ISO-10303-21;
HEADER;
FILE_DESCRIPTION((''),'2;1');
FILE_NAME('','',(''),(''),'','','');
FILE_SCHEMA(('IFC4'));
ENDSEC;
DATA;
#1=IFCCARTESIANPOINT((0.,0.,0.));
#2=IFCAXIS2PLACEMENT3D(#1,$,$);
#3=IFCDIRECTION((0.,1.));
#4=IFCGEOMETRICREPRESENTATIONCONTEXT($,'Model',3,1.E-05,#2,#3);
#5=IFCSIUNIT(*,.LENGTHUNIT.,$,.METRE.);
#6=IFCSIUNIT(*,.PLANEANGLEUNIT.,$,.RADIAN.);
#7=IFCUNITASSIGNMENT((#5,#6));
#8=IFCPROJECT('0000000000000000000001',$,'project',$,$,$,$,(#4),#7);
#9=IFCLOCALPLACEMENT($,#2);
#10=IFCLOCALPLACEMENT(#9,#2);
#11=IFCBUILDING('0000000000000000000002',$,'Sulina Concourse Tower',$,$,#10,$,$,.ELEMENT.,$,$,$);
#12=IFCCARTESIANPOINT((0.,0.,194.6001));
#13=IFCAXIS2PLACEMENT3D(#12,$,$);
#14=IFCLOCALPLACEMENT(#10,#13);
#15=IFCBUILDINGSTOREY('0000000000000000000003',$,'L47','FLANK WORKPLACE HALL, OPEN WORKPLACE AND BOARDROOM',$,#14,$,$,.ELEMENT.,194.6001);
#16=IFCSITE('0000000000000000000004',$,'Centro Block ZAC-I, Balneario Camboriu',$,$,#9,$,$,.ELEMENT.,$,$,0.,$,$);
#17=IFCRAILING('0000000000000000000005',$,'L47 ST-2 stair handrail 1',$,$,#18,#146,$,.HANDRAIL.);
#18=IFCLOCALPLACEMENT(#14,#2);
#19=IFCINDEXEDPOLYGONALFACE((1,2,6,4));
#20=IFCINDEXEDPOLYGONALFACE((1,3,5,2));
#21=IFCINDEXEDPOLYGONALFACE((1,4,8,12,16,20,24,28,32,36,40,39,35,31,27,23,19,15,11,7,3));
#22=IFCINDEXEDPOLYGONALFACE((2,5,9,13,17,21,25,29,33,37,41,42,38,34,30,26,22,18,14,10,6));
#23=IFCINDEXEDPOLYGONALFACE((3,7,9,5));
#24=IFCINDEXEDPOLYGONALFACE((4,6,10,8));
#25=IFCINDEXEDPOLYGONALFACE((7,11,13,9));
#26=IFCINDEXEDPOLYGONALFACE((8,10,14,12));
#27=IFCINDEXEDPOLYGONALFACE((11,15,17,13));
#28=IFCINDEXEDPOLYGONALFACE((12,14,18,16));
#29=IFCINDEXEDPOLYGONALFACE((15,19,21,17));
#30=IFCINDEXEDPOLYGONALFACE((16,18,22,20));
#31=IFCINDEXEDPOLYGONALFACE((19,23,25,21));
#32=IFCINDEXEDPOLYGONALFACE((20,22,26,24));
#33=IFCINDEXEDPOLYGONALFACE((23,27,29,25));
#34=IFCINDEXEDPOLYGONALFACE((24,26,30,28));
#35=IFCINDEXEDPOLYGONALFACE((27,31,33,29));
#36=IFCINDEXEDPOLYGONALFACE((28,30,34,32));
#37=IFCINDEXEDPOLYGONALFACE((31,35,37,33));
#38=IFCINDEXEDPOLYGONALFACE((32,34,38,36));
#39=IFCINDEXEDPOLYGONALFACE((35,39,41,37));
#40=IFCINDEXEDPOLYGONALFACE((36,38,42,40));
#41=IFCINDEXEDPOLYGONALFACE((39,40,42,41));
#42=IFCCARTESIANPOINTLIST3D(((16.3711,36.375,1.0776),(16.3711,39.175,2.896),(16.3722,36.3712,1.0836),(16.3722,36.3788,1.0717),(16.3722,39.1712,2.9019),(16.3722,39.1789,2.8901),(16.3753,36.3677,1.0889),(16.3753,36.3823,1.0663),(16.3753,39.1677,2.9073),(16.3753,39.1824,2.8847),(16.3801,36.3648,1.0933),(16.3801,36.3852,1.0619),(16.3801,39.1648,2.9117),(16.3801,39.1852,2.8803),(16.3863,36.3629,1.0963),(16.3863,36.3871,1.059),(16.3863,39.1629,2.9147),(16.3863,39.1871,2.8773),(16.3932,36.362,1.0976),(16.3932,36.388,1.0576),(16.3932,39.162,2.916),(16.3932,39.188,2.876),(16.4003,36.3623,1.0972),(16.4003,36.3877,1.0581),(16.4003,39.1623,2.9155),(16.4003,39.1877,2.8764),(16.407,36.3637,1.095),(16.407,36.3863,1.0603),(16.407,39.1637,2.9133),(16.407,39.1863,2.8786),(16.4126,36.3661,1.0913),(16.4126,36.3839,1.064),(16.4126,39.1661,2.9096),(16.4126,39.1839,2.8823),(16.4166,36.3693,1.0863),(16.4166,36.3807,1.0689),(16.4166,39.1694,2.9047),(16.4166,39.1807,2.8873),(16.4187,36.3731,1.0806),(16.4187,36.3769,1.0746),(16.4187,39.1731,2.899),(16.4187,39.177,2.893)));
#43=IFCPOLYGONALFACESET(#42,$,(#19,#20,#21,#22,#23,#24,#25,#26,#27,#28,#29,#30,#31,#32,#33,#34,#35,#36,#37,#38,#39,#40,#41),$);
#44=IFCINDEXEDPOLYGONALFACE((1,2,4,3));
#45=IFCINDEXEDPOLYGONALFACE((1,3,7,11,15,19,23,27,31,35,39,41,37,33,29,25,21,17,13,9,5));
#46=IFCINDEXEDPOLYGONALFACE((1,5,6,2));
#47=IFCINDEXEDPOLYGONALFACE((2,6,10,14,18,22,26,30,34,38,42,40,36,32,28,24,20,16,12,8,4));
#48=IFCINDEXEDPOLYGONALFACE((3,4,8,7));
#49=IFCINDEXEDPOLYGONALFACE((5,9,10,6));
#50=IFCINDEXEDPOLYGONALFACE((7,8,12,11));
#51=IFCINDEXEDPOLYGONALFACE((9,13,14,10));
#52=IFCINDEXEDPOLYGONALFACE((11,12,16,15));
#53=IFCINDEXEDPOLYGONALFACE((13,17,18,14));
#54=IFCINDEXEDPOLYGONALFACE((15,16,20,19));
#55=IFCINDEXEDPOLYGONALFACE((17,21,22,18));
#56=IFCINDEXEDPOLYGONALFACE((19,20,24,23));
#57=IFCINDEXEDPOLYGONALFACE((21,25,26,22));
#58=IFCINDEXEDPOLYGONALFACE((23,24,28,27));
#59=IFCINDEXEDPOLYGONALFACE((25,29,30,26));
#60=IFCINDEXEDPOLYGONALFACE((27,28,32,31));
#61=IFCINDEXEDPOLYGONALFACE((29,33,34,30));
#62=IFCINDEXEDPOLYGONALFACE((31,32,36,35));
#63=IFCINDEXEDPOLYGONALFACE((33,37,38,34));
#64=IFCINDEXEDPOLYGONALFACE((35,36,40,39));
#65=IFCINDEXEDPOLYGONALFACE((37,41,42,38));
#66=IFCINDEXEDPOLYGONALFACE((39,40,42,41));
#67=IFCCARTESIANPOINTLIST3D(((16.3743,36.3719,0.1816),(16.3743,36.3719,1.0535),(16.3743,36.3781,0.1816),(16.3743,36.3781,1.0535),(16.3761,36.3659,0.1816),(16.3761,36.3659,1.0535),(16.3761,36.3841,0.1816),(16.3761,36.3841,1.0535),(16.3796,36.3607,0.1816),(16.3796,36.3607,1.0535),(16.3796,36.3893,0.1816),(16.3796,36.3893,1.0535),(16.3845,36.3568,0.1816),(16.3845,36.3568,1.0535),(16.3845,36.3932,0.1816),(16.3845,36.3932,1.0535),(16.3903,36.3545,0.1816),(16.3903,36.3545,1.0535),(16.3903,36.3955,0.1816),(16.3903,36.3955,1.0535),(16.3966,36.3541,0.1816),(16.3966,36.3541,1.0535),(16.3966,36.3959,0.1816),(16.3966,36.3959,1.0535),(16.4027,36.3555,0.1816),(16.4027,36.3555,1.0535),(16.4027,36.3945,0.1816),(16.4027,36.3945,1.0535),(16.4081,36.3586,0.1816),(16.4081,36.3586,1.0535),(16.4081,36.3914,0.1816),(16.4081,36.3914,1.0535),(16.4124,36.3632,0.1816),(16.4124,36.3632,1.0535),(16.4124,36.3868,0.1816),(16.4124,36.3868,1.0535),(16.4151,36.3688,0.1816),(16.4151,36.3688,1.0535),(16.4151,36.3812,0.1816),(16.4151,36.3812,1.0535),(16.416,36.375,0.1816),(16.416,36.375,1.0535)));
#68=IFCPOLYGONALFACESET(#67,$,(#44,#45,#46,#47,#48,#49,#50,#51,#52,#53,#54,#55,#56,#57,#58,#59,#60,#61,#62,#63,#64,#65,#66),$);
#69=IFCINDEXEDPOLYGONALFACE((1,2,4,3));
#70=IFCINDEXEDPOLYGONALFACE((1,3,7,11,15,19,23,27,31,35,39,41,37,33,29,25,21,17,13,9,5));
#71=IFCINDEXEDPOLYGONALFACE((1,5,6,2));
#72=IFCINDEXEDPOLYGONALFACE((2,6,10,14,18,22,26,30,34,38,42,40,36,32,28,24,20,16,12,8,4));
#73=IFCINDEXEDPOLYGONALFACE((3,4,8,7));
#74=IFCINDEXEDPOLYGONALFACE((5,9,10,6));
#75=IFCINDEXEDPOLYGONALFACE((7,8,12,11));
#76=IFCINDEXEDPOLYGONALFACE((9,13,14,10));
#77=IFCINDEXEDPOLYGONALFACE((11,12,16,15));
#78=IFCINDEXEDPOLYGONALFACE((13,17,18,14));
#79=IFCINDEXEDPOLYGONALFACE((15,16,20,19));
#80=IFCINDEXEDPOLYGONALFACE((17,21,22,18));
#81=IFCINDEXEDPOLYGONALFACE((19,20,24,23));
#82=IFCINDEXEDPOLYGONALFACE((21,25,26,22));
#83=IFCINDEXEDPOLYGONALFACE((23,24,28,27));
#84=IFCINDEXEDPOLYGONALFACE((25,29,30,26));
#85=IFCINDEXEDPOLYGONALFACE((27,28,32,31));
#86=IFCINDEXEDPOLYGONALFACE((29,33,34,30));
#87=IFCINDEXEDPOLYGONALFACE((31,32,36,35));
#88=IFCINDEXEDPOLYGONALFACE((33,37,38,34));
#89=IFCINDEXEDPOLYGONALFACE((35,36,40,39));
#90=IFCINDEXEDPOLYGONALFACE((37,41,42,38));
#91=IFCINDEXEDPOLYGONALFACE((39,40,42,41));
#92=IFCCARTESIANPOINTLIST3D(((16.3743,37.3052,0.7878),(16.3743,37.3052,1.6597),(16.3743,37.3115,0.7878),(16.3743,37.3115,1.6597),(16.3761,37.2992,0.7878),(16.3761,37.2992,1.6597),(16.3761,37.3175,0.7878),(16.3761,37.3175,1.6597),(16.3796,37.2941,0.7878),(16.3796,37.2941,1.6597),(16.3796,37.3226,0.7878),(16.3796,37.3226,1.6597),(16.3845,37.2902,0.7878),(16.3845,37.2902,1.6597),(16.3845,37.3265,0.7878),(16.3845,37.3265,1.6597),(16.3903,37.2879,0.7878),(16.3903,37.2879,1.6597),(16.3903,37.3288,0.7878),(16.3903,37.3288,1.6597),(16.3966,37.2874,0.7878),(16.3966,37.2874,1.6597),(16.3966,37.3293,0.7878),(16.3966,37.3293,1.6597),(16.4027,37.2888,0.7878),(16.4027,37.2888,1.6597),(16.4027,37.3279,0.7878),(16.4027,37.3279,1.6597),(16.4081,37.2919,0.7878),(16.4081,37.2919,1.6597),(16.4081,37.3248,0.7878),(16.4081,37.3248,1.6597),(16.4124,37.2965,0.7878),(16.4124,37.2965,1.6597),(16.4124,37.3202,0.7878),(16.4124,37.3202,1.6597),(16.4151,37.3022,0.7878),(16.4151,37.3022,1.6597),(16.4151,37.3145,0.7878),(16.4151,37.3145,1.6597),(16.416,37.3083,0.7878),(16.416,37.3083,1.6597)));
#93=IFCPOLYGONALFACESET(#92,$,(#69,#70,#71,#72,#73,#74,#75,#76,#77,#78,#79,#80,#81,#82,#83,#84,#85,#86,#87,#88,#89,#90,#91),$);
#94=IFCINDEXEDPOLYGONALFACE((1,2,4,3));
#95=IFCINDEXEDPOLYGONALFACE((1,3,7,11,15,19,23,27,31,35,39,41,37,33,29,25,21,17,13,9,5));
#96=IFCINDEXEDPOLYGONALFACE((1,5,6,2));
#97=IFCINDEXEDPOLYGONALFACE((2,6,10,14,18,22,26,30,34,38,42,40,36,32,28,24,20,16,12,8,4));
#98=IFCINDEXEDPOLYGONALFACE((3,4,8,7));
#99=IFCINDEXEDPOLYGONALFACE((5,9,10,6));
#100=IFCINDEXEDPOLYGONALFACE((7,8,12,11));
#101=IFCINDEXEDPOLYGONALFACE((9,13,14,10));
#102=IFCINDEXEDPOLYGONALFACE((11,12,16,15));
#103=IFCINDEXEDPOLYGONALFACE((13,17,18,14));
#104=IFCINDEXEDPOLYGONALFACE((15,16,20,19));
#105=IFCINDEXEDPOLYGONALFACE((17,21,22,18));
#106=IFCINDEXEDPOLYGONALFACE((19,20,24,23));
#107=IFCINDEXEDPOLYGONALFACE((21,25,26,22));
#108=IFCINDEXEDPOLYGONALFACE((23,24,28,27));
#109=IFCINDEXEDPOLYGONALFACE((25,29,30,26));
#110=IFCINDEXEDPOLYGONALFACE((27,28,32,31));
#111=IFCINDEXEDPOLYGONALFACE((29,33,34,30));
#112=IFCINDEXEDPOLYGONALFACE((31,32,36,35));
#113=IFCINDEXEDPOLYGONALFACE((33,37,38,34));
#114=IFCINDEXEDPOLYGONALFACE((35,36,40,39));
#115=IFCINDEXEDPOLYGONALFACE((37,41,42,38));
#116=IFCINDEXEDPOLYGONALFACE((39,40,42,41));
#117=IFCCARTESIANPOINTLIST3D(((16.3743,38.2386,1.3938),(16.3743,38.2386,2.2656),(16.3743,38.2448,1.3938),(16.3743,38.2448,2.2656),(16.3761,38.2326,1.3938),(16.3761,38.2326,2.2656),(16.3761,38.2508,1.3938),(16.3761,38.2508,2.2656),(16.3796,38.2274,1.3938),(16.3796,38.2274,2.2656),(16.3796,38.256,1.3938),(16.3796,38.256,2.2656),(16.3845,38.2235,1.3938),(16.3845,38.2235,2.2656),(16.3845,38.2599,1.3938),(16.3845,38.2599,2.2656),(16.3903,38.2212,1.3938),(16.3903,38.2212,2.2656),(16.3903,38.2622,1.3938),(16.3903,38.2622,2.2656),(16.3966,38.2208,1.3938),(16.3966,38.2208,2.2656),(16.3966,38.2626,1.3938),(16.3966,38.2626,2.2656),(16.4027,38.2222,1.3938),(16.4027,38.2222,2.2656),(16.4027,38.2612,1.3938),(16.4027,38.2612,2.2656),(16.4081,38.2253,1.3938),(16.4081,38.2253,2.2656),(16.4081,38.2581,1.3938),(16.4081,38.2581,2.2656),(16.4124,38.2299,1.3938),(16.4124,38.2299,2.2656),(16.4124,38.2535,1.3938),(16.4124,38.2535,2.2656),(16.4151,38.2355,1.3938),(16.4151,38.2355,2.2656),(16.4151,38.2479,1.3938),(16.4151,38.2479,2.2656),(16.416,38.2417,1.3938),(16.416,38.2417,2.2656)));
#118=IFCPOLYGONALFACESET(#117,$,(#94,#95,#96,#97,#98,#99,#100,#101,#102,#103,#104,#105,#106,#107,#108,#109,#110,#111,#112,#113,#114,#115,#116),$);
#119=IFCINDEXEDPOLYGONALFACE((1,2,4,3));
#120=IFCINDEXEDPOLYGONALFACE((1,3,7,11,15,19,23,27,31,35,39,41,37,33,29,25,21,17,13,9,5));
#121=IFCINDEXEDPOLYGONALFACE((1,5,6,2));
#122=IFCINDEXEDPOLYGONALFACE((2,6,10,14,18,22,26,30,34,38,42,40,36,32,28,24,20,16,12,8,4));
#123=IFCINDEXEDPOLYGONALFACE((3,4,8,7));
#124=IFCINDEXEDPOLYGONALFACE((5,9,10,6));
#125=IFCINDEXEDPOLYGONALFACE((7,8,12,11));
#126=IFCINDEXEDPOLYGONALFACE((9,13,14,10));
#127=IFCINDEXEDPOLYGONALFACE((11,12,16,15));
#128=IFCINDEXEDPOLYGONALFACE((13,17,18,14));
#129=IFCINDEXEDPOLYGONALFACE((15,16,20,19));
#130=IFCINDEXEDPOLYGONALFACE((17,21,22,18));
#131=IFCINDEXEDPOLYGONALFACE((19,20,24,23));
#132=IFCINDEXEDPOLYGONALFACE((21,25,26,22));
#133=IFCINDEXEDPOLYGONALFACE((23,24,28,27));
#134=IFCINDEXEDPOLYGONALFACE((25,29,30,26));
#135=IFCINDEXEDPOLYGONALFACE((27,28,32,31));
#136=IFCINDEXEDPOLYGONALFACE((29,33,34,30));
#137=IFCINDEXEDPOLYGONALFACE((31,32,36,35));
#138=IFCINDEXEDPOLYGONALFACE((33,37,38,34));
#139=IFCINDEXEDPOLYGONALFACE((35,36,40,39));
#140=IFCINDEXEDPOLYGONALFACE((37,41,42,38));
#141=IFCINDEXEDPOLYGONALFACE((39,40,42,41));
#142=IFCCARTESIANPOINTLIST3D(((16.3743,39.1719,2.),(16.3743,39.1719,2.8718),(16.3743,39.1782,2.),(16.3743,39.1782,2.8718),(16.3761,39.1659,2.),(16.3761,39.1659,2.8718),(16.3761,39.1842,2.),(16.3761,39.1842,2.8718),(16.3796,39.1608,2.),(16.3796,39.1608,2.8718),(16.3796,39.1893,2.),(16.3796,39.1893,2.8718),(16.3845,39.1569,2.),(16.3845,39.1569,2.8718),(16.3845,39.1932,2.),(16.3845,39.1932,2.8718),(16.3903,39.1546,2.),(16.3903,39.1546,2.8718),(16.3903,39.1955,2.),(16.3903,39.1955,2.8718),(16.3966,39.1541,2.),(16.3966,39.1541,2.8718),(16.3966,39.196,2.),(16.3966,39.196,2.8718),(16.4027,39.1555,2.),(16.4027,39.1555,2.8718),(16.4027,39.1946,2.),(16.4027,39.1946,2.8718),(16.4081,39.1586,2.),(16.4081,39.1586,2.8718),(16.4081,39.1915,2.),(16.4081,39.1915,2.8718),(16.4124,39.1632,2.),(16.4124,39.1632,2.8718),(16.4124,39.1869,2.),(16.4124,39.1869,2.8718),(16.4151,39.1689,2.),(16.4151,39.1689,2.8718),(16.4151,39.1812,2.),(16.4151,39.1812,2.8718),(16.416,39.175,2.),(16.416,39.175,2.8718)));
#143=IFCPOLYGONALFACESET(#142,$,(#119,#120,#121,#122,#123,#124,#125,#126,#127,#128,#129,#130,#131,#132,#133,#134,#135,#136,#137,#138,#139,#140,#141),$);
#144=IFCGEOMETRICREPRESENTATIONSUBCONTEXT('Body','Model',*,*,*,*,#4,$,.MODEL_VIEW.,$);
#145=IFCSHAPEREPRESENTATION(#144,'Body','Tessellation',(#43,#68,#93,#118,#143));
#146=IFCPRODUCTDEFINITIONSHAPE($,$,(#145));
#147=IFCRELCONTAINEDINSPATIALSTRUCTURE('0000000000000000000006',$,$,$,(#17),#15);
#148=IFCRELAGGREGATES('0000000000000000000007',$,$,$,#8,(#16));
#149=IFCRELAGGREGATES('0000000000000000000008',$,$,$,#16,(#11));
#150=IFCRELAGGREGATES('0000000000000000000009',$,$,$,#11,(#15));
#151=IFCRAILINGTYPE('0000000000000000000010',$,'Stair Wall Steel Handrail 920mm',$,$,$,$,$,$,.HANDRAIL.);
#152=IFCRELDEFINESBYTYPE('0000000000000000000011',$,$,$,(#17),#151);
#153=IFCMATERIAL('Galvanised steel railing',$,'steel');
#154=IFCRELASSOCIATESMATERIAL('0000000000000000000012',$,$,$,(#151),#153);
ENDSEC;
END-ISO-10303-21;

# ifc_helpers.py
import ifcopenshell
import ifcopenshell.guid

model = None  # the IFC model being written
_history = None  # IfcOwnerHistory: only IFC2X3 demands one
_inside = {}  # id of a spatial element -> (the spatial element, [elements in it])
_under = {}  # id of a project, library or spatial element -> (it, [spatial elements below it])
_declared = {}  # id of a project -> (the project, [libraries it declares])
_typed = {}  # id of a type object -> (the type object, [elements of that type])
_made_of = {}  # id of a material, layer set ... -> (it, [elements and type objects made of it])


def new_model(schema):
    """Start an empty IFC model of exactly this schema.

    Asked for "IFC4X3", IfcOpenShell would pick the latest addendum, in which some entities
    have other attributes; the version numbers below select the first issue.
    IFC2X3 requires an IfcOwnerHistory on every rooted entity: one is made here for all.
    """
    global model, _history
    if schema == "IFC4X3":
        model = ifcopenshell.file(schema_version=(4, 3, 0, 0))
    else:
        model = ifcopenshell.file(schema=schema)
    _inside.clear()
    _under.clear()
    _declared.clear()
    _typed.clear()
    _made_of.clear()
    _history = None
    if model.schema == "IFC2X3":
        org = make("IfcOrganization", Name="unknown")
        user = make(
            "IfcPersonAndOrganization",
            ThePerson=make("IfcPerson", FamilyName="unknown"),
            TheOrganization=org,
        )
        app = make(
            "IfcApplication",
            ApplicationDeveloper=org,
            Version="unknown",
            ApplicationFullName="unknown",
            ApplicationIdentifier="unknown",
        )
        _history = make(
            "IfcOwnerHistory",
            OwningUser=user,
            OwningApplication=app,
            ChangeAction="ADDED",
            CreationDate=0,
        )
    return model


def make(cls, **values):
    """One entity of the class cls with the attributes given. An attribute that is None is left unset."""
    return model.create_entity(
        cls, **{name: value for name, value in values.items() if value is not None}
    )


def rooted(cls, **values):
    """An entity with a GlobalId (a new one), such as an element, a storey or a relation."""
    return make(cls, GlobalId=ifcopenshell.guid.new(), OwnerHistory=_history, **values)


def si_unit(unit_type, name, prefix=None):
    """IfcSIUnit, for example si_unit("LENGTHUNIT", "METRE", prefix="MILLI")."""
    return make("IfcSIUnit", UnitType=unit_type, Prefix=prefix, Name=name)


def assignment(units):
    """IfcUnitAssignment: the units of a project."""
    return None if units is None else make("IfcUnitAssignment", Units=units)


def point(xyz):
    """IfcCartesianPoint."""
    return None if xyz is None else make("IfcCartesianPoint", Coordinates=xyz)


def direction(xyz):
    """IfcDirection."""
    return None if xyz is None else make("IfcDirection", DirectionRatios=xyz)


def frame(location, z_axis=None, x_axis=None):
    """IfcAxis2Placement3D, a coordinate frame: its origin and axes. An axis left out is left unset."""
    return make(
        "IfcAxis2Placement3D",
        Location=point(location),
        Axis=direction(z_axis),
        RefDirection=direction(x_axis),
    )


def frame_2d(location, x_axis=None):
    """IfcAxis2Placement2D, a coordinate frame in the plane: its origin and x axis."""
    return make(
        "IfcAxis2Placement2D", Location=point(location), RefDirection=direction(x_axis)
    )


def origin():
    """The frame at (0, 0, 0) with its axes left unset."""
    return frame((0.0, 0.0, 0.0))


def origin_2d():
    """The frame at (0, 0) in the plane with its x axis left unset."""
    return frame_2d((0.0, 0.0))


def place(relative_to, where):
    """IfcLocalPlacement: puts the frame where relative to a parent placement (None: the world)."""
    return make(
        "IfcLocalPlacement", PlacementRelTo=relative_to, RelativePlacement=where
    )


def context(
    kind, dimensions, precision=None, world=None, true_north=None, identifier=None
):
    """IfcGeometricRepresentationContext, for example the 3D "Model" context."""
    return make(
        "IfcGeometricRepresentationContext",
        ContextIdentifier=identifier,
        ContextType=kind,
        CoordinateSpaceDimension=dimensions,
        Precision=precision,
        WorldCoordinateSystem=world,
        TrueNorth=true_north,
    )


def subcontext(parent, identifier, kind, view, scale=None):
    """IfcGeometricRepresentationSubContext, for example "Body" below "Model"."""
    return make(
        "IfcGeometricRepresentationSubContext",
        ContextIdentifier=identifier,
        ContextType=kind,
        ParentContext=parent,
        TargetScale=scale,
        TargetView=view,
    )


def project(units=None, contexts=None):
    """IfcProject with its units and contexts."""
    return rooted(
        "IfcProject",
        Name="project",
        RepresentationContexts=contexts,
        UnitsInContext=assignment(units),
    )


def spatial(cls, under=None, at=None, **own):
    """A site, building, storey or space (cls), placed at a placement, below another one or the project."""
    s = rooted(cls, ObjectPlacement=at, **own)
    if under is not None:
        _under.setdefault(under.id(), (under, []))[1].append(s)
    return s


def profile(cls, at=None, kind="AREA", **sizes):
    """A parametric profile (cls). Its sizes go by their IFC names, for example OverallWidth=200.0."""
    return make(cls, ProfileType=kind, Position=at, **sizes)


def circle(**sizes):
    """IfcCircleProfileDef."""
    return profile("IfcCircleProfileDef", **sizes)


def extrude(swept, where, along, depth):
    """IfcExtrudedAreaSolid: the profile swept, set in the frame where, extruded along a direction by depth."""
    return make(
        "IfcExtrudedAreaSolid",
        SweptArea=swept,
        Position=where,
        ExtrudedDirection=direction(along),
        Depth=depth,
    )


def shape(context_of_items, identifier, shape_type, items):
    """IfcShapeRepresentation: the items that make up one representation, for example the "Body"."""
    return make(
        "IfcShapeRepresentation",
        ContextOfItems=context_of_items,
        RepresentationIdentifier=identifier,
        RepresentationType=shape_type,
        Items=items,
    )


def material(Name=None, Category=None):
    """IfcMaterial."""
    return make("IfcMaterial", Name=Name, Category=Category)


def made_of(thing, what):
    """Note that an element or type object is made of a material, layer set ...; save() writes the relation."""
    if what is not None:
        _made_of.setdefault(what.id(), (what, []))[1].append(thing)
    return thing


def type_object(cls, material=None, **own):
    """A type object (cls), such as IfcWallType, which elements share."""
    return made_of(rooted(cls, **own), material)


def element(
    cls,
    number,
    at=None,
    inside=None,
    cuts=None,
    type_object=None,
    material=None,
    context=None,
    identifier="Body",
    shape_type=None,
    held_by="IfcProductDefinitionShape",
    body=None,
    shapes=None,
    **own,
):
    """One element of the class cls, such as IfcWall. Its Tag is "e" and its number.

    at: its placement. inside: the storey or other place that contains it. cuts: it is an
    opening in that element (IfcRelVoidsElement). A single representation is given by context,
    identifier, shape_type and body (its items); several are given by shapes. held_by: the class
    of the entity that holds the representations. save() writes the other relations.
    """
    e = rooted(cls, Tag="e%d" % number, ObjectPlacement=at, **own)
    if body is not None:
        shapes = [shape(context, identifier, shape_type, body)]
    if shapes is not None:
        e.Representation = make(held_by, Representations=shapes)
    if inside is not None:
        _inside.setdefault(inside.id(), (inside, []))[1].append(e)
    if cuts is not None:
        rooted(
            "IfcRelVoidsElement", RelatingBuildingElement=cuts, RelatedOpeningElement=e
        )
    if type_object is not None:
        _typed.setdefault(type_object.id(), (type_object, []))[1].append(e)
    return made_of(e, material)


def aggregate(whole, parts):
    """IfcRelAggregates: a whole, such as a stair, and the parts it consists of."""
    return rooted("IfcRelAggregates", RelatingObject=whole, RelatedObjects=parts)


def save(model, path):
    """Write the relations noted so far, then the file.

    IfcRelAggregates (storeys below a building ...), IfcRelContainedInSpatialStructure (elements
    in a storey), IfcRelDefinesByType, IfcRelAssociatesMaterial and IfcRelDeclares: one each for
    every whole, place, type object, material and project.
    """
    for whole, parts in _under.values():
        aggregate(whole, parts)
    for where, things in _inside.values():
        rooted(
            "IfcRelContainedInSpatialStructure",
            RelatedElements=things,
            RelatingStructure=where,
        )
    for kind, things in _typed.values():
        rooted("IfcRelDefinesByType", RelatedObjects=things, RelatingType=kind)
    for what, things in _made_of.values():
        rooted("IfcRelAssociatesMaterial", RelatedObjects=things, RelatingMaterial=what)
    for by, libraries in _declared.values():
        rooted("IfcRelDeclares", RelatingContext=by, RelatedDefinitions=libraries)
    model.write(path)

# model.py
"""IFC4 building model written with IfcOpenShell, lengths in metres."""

from ifc_helpers import new_model, si_unit, direction, frame, origin, origin_2d, place, context, subcontext, project, spatial, circle, extrude, material, type_object, element, save


model = new_model("IFC4")

# Units and contexts
model_context = context("Model", 3, precision=1e-05, world=origin(), true_north=direction((0.0, 1.0)))
body_context = subcontext(model_context, "Body", "Model", "MODEL_VIEW")
ifc_project = project(units=[si_unit("LENGTHUNIT", "METRE"), si_unit("PLANEANGLEUNIT", "RADIAN")], contexts=[model_context])

# Site, building, storey
site_placement = place(None, origin())
site = spatial("IfcSite", under=ifc_project, at=site_placement, Name="Centro Block ZAC-I, Balneario Camboriu", CompositionType="ELEMENT", RefElevation=0.0)
building_placement = place(site_placement, origin())
building = spatial("IfcBuilding", under=site, at=building_placement, Name="Sulina Concourse Tower", CompositionType="ELEMENT")
storey_placement = place(building_placement, frame((0.0, 0.0, 194.6001)))
storey = spatial("IfcBuildingStorey", under=building, at=storey_placement, Name="L47", Description="FLANK WORKPLACE HALL, OPEN WORKPLACE AND BOARDROOM", CompositionType="ELEMENT", Elevation=194.6001)

# Railing
ifc_material_1 = material(Name="Galvanised steel railing", Category="steel")
railing_type_1 = type_object("IfcRailingType", Name="Stair Wall Steel Handrail 920mm", PredefinedType="HANDRAIL", material=ifc_material_1)
railing_1_placement = place(storey_placement, frame((16.395, 36.375, 0.1816)))
element("IfcRailing", 1, at=railing_1_placement, inside=storey, type_object=railing_type_1, Name="L47 ST-2 stair handrail 1", PredefinedType="HANDRAIL", context=body_context, shape_type="SweptSolid", body=[
    extrude(circle(Radius=0.0239, at=origin_2d()), frame((0.0, 0.0, 0.896), z_axis=(0.0, 0.838672, 0.544636), x_axis=(-1.0, 0.0, 0.0)), (0.0, 0.0, 1.0), 3.3386),
    extrude(circle(Radius=0.021, at=origin_2d()), origin(), (0.0, 0.0, 1.0), 0.8718),
    extrude(circle(Radius=0.021, at=origin_2d()), frame((0.0, 0.9333, 0.6062)), (0.0, 0.0, 1.0), 0.8718),
    extrude(circle(Radius=0.021, at=origin_2d()), frame((0.0, 1.8667, 1.2122)), (0.0, 0.0, 1.0), 0.8718),
    extrude(circle(Radius=0.021, at=origin_2d()), frame((0.0, 2.8, 1.8184)), (0.0, 0.0, 1.0), 0.8718),
])

save(model, "model.ifc")
